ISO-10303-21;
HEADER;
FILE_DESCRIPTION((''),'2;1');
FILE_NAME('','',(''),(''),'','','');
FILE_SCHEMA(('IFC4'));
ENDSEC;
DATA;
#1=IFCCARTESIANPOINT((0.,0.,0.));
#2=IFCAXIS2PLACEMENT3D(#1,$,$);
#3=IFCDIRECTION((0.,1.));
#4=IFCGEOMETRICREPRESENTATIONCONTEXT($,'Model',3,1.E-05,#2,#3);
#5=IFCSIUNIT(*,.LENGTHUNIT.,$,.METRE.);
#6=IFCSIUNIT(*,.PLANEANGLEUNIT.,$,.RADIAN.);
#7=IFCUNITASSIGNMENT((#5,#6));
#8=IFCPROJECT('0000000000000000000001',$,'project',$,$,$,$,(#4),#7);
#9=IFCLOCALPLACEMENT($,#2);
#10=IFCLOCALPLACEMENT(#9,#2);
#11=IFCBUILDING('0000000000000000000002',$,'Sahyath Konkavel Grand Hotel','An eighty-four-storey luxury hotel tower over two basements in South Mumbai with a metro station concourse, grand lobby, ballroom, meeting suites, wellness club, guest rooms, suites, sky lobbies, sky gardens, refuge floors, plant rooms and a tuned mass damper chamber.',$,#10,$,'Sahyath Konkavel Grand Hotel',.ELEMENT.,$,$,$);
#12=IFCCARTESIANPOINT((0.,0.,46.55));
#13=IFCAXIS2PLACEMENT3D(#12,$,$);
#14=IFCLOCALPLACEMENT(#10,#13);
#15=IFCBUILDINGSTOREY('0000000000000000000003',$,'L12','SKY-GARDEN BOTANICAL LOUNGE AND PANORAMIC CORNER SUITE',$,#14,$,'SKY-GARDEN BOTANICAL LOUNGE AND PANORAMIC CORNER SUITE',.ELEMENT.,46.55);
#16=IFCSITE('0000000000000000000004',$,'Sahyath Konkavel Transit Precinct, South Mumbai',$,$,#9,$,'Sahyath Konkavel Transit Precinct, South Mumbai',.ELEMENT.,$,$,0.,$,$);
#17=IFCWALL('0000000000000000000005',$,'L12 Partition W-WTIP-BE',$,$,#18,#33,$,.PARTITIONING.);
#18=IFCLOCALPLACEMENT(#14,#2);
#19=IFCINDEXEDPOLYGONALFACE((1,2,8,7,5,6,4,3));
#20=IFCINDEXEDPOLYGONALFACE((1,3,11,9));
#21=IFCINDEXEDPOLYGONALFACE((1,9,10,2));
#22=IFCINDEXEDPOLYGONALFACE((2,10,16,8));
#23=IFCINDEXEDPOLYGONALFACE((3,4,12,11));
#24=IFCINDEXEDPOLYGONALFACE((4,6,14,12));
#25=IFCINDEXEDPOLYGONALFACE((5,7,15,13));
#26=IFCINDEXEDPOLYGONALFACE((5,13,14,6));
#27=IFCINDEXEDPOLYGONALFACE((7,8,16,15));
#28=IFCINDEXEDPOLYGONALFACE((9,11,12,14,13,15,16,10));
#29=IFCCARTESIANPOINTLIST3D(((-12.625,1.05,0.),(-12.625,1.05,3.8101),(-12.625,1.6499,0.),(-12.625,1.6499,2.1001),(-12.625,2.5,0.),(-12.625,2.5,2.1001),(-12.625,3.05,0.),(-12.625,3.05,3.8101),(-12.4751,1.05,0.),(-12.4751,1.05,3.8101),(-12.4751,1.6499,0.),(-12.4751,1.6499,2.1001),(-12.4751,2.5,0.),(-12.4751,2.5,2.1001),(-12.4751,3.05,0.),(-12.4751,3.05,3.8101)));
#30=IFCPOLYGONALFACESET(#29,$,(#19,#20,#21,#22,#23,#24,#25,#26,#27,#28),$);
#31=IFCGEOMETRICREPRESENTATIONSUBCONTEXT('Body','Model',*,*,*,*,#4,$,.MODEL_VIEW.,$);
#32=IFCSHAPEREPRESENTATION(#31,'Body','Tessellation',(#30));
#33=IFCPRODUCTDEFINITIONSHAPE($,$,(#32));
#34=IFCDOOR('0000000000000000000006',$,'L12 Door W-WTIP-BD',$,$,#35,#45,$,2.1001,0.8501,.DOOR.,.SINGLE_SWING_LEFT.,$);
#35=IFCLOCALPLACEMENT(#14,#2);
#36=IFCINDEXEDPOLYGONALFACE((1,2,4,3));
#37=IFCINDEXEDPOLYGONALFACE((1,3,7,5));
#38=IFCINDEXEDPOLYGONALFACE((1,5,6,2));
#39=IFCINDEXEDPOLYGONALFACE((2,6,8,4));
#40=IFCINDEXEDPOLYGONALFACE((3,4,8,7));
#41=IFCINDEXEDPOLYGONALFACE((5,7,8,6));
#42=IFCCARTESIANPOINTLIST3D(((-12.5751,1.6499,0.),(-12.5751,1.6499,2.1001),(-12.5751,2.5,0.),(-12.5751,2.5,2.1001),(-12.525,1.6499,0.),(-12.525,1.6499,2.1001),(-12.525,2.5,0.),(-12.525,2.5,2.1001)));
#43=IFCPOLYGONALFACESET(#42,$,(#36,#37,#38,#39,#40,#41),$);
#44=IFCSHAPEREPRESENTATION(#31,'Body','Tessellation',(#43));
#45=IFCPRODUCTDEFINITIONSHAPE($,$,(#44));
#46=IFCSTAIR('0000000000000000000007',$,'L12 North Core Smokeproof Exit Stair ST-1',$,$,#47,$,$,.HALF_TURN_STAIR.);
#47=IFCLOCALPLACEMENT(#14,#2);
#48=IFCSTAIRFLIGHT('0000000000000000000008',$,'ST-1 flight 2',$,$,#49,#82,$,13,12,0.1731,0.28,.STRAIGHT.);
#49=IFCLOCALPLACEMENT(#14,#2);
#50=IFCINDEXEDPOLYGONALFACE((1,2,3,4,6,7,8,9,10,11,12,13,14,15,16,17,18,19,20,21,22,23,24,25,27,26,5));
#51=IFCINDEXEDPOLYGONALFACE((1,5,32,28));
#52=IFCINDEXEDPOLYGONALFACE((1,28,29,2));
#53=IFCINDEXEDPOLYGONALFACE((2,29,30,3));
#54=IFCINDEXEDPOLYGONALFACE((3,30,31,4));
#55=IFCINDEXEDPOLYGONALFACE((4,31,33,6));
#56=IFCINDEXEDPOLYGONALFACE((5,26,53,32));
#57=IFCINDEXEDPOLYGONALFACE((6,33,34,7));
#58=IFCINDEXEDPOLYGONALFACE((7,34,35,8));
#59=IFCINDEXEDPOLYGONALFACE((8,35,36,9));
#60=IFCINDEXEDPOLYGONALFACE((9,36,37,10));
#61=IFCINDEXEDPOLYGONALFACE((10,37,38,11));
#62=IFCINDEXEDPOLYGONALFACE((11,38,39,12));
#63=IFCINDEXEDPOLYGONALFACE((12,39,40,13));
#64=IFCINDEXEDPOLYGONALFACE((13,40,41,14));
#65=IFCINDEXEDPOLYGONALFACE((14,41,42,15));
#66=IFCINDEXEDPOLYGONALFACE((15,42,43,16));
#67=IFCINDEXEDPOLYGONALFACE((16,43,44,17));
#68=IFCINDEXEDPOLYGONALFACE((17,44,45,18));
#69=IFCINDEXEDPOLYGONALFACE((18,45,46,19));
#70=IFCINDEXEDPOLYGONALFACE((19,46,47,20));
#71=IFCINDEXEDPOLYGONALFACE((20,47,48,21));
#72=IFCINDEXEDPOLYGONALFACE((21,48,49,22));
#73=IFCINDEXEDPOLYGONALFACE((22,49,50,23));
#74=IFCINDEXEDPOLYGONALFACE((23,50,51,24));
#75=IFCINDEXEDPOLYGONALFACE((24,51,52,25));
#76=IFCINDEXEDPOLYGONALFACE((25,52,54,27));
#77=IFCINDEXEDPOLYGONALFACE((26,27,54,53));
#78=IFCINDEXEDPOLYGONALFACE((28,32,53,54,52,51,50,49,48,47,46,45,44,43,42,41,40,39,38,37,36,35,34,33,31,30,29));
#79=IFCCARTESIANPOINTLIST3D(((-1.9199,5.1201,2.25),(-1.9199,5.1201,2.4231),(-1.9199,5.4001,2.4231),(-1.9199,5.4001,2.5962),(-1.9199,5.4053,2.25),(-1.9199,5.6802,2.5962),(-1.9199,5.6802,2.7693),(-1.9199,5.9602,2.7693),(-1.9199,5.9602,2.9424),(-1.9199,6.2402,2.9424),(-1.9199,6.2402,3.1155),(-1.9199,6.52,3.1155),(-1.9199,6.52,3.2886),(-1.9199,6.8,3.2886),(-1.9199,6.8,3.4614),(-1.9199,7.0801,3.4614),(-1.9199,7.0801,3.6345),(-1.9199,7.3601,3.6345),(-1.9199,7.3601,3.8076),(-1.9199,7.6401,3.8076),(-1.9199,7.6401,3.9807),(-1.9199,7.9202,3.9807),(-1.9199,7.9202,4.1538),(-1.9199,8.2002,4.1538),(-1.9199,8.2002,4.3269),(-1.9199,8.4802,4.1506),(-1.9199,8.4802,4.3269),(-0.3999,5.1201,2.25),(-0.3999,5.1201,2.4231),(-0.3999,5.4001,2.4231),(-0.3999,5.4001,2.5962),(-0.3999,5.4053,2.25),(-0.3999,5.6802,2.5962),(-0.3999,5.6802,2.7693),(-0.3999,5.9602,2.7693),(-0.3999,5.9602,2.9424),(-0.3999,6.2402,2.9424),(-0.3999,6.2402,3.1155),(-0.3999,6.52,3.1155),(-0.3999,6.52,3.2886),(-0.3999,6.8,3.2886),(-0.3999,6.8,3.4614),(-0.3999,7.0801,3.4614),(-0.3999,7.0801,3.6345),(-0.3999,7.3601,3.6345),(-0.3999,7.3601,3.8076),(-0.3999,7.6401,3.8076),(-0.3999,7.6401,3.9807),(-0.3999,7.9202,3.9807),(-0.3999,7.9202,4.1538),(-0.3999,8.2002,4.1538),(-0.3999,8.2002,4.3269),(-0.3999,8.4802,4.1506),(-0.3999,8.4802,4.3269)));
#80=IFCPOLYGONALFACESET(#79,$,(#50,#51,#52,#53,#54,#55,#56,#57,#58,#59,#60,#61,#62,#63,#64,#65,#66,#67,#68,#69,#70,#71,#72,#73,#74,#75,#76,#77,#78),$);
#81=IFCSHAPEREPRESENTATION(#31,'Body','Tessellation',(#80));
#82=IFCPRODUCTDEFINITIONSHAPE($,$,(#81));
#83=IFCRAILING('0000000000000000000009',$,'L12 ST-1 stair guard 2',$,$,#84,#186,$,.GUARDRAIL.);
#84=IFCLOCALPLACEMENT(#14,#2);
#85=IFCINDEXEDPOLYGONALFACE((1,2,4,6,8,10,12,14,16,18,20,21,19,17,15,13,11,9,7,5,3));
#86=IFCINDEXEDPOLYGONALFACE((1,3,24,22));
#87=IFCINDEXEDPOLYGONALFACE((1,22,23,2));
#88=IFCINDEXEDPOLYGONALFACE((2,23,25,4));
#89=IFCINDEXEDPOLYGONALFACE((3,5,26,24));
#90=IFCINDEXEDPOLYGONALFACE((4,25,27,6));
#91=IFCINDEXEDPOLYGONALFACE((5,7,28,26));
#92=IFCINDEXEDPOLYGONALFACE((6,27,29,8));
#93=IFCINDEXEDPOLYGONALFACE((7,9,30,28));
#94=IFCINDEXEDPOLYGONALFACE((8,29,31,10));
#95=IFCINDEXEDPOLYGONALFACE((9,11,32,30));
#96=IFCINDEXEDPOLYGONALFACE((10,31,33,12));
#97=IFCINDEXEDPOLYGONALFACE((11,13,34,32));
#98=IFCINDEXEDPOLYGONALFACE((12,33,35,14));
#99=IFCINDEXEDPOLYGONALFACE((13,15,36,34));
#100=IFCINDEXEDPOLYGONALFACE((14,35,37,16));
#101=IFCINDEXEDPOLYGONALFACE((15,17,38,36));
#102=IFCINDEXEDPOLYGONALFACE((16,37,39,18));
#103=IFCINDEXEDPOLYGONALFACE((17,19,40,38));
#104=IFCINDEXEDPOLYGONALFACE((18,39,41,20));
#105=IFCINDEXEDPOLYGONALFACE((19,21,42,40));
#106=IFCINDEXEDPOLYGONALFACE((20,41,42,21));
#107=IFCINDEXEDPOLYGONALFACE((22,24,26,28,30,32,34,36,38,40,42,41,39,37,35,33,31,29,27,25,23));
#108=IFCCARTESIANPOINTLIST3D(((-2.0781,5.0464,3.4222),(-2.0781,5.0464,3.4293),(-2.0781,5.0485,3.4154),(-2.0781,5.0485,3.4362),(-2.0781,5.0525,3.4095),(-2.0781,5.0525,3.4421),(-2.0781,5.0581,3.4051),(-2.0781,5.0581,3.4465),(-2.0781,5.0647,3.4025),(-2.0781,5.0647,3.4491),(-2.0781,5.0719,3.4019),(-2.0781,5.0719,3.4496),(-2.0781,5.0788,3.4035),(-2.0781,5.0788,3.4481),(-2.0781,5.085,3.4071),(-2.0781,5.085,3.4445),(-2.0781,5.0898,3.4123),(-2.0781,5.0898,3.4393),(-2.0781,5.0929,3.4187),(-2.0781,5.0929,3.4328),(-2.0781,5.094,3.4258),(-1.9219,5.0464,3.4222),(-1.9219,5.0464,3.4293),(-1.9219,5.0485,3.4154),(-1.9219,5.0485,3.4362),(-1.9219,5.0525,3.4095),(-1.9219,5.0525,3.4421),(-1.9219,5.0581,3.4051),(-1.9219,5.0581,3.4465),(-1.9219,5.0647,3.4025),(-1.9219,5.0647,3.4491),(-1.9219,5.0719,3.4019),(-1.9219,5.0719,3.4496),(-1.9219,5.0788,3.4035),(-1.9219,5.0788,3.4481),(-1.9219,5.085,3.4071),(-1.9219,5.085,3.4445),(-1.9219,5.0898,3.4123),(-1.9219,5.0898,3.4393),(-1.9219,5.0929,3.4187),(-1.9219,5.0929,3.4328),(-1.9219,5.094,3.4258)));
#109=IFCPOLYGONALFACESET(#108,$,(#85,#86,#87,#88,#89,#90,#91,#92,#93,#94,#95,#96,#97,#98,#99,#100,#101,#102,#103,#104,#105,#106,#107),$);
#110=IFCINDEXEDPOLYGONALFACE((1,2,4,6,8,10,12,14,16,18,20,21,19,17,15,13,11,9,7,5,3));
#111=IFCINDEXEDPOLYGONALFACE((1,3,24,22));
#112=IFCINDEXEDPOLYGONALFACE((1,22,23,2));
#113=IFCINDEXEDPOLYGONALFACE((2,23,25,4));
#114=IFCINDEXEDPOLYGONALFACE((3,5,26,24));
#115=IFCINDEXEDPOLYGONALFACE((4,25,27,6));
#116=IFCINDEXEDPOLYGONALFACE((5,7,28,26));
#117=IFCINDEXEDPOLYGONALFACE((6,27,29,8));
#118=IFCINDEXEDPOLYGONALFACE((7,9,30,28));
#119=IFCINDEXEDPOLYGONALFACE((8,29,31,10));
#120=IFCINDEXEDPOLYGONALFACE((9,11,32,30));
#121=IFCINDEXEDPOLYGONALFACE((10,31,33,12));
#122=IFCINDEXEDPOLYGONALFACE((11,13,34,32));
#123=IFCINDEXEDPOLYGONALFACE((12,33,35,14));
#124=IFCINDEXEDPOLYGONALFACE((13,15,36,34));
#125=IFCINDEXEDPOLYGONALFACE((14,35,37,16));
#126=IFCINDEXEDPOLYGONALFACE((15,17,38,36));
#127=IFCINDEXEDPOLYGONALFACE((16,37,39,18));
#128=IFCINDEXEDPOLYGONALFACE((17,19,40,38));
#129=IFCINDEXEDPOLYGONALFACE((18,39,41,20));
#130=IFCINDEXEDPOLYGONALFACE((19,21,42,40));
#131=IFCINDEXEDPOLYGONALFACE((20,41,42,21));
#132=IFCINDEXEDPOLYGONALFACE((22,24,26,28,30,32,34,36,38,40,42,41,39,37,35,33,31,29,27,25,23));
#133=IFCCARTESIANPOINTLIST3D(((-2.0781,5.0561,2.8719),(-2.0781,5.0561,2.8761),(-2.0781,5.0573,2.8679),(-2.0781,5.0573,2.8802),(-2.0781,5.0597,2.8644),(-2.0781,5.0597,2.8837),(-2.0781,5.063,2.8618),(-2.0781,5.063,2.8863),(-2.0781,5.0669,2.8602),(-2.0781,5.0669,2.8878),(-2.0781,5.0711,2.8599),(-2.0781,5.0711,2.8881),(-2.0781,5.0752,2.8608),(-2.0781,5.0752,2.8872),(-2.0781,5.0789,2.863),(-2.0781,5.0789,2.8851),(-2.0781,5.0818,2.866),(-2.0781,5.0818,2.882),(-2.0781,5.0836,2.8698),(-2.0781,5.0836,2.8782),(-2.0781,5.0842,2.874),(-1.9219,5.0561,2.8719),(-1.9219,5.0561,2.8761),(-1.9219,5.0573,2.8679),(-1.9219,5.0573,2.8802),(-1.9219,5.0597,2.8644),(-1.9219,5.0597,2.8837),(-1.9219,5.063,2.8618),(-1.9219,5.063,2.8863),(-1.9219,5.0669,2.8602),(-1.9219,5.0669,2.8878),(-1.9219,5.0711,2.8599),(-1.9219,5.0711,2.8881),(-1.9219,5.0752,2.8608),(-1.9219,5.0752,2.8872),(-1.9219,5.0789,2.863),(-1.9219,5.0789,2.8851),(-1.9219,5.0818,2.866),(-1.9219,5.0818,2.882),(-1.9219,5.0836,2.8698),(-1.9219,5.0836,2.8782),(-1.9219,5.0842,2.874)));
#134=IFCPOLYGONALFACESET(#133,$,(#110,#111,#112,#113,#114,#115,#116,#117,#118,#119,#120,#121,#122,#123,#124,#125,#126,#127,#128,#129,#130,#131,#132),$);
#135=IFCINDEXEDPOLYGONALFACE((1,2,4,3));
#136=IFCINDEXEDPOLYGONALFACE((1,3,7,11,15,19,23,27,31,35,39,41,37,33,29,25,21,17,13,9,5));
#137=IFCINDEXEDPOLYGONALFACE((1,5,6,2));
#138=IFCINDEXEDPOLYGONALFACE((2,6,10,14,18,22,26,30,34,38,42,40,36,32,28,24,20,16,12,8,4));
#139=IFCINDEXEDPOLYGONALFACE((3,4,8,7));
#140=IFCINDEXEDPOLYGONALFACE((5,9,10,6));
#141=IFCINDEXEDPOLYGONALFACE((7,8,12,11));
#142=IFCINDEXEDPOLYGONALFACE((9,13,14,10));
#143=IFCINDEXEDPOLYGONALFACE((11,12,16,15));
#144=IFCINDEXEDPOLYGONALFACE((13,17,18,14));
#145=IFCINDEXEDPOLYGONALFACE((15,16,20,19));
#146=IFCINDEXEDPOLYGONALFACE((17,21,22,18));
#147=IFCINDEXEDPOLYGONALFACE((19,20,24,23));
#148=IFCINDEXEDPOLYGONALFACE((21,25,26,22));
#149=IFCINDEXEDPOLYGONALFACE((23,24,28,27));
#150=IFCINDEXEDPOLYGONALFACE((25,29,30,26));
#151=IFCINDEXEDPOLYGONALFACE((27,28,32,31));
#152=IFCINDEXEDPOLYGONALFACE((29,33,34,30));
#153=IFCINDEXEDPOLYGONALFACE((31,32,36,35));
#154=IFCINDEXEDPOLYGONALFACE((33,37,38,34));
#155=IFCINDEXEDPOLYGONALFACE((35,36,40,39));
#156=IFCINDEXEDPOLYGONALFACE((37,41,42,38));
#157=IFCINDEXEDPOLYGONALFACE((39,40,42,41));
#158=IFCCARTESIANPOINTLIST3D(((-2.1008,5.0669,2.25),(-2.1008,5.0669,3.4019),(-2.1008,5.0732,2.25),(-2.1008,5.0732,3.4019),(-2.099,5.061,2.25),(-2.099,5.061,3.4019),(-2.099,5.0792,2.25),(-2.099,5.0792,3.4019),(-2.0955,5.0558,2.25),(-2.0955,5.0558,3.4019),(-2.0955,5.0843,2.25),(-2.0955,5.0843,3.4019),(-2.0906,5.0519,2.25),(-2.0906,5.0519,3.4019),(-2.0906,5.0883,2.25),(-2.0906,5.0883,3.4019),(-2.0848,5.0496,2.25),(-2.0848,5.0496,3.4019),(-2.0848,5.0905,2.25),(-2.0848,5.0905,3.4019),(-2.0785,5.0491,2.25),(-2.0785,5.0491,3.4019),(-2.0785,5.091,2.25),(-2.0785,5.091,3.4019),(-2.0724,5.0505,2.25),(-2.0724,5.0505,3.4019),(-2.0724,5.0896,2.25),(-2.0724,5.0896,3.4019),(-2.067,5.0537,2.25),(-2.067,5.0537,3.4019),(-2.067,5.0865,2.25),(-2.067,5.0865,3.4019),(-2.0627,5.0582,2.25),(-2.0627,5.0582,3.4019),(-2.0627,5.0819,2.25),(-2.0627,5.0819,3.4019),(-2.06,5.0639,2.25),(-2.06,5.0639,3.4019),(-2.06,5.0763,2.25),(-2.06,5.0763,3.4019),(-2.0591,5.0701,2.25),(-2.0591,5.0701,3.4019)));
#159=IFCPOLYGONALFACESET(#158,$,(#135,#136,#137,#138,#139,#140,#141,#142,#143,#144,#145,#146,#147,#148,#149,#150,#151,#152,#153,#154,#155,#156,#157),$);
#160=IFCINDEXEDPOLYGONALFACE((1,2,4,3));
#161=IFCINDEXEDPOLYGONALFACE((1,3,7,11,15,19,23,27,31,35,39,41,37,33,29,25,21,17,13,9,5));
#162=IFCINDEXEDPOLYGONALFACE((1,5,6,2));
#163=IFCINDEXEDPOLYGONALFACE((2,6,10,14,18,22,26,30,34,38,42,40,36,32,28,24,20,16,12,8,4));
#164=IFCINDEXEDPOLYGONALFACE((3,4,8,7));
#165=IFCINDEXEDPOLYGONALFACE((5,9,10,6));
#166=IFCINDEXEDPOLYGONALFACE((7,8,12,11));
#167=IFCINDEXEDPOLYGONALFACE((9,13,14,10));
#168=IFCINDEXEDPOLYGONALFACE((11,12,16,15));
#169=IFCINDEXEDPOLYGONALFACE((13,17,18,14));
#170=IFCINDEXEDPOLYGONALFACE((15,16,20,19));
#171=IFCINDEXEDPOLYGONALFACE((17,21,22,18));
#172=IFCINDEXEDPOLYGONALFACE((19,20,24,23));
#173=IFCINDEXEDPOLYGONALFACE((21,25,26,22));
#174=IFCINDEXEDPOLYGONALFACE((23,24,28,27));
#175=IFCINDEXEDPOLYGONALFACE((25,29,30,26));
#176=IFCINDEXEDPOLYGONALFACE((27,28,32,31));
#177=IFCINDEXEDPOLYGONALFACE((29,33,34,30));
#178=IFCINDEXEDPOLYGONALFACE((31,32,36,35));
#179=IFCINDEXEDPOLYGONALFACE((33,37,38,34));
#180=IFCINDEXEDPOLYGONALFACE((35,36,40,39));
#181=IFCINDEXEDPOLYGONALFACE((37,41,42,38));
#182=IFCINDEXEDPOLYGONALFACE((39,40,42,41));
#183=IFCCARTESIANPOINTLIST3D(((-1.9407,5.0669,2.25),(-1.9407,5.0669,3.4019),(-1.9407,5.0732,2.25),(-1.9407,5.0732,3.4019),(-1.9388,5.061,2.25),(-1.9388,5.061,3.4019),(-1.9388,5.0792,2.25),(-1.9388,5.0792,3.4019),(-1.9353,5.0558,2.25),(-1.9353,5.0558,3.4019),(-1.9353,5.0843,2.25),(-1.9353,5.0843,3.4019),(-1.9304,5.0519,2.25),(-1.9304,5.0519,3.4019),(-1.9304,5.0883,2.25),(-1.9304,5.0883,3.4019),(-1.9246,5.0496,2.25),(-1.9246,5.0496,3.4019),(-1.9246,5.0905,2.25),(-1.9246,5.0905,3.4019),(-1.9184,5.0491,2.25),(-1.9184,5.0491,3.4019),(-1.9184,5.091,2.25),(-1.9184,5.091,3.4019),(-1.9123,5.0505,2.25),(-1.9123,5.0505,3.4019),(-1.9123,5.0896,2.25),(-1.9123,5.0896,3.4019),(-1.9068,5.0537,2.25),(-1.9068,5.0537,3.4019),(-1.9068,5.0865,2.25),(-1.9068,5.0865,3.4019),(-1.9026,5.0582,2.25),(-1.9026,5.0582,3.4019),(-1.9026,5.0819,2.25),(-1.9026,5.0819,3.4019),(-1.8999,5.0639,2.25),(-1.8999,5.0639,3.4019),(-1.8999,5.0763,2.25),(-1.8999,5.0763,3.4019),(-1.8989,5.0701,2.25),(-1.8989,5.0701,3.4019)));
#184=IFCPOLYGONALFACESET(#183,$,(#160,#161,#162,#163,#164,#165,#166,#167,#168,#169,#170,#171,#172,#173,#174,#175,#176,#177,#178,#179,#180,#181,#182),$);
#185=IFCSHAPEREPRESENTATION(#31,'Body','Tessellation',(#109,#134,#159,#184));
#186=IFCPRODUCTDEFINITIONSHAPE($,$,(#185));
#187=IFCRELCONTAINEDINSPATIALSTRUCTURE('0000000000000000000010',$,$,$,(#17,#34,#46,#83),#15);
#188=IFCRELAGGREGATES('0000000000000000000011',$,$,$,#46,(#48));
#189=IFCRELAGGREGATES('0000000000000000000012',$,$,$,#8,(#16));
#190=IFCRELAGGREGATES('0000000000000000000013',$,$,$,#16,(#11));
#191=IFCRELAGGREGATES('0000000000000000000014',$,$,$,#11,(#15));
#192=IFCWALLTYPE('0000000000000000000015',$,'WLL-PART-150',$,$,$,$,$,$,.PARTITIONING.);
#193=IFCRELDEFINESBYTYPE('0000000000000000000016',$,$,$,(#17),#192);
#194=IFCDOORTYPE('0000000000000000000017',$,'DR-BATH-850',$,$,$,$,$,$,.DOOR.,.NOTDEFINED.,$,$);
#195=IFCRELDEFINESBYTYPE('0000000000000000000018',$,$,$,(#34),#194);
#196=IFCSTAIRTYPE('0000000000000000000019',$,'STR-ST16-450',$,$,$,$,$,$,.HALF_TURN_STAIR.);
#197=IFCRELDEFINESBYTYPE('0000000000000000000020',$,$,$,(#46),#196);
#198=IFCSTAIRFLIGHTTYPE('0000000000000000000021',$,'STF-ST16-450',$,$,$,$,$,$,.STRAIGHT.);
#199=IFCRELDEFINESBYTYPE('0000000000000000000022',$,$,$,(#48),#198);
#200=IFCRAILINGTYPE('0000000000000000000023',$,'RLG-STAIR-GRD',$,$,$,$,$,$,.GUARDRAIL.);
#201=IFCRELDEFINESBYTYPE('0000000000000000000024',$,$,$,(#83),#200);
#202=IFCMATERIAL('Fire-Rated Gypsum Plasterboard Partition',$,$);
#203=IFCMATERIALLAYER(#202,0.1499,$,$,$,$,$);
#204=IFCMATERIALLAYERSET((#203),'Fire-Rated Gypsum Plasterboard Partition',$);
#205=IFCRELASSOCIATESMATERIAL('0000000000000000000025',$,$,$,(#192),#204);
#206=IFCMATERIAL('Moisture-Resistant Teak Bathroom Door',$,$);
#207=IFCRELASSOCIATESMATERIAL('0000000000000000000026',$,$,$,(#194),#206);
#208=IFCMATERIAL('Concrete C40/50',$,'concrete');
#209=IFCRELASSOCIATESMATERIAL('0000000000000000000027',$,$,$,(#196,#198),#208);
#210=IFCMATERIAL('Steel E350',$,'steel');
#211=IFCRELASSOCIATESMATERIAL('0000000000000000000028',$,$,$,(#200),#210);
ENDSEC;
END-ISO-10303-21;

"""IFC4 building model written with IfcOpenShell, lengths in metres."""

from ifc_helpers import new_model, si_unit, direction, frame, frame_2d, origin, origin_2d, place, context, subcontext, project, spatial, polyline, rectangle, circle, outline, extrude, source, transform, mapped, material, layer, layer_set, type_object, element, fill, aggregate, save


model = new_model("IFC4")

# Units and contexts
model_context = context("Model", 3, precision=1e-05, world=origin(), true_north=direction((0.0, 1.0)))
body_context = subcontext(model_context, "Body", "Model", "MODEL_VIEW")
ifc_project = project(units=[si_unit("LENGTHUNIT", "METRE"), si_unit("PLANEANGLEUNIT", "RADIAN")], contexts=[model_context])

# Site, building, storey
site_placement = place(None, origin())
site = spatial("IfcSite", under=ifc_project, at=site_placement, Name="Sahyath Konkavel Transit Precinct, South Mumbai", LongName="Sahyath Konkavel Transit Precinct, South Mumbai", CompositionType="ELEMENT", RefElevation=0.0)
building_placement = place(site_placement, origin())
building = spatial("IfcBuilding", under=site, at=building_placement, Name="Sahyath Konkavel Grand Hotel", Description="An eighty-four-storey luxury hotel tower over two basements in South Mumbai with a metro station concourse, grand lobby, ballroom, meeting suites, wellness club, guest rooms, suites, sky lobbies, sky gardens, refuge floors, plant rooms and a tuned mass damper chamber.", LongName="Sahyath Konkavel Grand Hotel", CompositionType="ELEMENT")
storey_placement = place(building_placement, frame((0.0, 0.0, 46.55)))
storey = spatial("IfcBuildingStorey", under=building, at=storey_placement, Name="L12", Description="SKY-GARDEN BOTANICAL LOUNGE AND PANORAMIC CORNER SUITE", LongName="SKY-GARDEN BOTANICAL LOUNGE AND PANORAMIC CORNER SUITE", CompositionType="ELEMENT", Elevation=46.55)

# Shared definitions
ifc_material_1 = material(Name="Steel E350", Category="steel")

# Shared definitions
ifc_material_2 = material(Name="Concrete C40/50", Category="concrete")

# Shared definitions
shared_shape_1 = source(origin(), body_context, "Body", "SweptSolid", [
    extrude(rectangle(XDim=0.8501, YDim=0.05, at=origin_2d()), origin(), (0.0, 0.0, 1.0), 2.1001),
])
ifc_material_3 = material(Name="Fire-Rated Gypsum Plasterboard Partition")
ifc_layer_1 = layer(ifc_material_3, 0.1499)
ifc_layer_set_1 = layer_set([ifc_layer_1], Name="Fire-Rated Gypsum Plasterboard Partition")
wall_type_1 = type_object("IfcWallType", Name="WLL-PART-150", PredefinedType="PARTITIONING", material=ifc_layer_set_1)

# Wall, opening, door
wall_1_placement = place(storey_placement, frame((-12.55, 3.05, 0.0), z_axis=(0.0, 0.0, 1.0), x_axis=(0.0, -1.0, 0.0)))
wall_1 = element("IfcWall", 1, at=wall_1_placement, inside=storey, type_object=wall_type_1, Name="L12 Partition W-WTIP-BE", PredefinedType="PARTITIONING", context=body_context, shape_type="SweptSolid", body=[
    extrude(rectangle(XDim=2.0, YDim=0.1499, at=frame_2d((1.0, 0.0))), origin(), (0.0, 0.0, 1.0), 3.8101),
])
opening_1_placement = place(wall_1_placement, frame((0.55, 0.0, 0.0)))
opening_1 = element("IfcOpeningElement", 2, at=opening_1_placement, cuts=wall_1, PredefinedType="OPENING", context=body_context, shape_type="SweptSolid", body=[
    extrude(rectangle(XDim=0.8501, YDim=2.1001, at=frame_2d((0.425, 1.05))), frame((0.0, 0.085, 0.0), z_axis=(0.0, -1.0, 0.0), x_axis=(1.0, 0.0, 0.0)), (0.0, 0.0, 1.0), 0.1699),
])
ifc_material_4 = material(Name="Moisture-Resistant Teak Bathroom Door")
door_type_1 = type_object("IfcDoorType", Name="DR-BATH-850", OperationType="NOTDEFINED", PredefinedType="DOOR", material=ifc_material_4)
door_1_placement = place(opening_1_placement, frame((0.425, 0.0, 0.0)))
door_1 = element("IfcDoor", 3, at=door_1_placement, inside=storey, type_object=door_type_1, Name="L12 Door W-WTIP-BD", OperationType="SINGLE_SWING_LEFT", OverallHeight=2.1001, OverallWidth=0.8501, PredefinedType="DOOR", context=body_context, shape_type="MappedRepresentation", body=[
    mapped(shared_shape_1, transform((0.0, 0.0, 0.0), scale=1.0)),
])
fill(opening_1, door_1)

# Stair, stair flight
stair_type = type_object("IfcStairType", Name="STR-ST16-450", PredefinedType="HALF_TURN_STAIR", material=ifc_material_2)
stair_placement = place(storey_placement, origin())
stair = element("IfcStair", 4, at=stair_placement, inside=storey, type_object=stair_type, Name="L12 North Core Smokeproof Exit Stair ST-1", PredefinedType="HALF_TURN_STAIR")
stair_flight_type = type_object("IfcStairFlightType", Name="STF-ST16-450", PredefinedType="STRAIGHT", material=ifc_material_2)
stair_flight_placement = place(storey_placement, frame((-1.1599, 5.1201, 2.25), z_axis=(0.0, 0.0, 1.0), x_axis=(0.0, 1.0, 0.0)))
stair_flight = element("IfcStairFlight", 5, at=stair_flight_placement, type_object=stair_flight_type, Name="ST-1 flight 2", NumberOfRisers=13, NumberOfTreads=12, PredefinedType="STRAIGHT", RiserHeight=0.1731, TreadLength=0.28, context=body_context, shape_type="SweptSolid", body=[
    extrude(outline(polyline([(0.0, 0.0), (0.0, 0.1731), (0.28, 0.1731), (0.28, 0.3462), (0.5601, 0.3462), (0.5601, 0.5193), (0.8401, 0.5193), (0.8401, 0.6924), (1.1201, 0.6924), (1.1201, 0.8655), (1.3999, 0.8655), (1.3999, 1.0386), (1.6799, 1.0386), (1.6799, 1.2114), (1.96, 1.2114), (1.96, 1.3845), (2.24, 1.3845), (2.24, 1.5576), (2.52, 1.5576), (2.52, 1.7307), (2.8, 1.7307), (2.8, 1.9038), (3.0801, 1.9038), (3.0801, 2.0769), (3.3601, 2.0769), (3.3601, 2.25), (3.3601, 1.9006), (0.2852, 0.0), (0.0, 0.0)])), frame((0.0, 0.76, 0.0), z_axis=(0.0, -1.0, 0.0), x_axis=(1.0, 0.0, 0.0)), (0.0, 0.0, 1.0), 1.52),
])
aggregate(stair, [stair_flight])

# Railing
railing_type_1 = type_object("IfcRailingType", Name="RLG-STAIR-GRD", PredefinedType="GUARDRAIL", material=ifc_material_1)
railing_1_placement = place(storey_placement, frame((-2.0801, 5.0701, 2.25)))
element("IfcRailing", 6, at=railing_1_placement, inside=storey, type_object=railing_type_1, Name="L12 ST-1 stair guard 2", PredefinedType="GUARDRAIL", context=body_context, shape_type="SweptSolid", body=[
    extrude(circle(Radius=0.0239, at=origin_2d()), frame((0.002, 0.0, 1.1758), z_axis=(1.0, 0.0, 0.0), x_axis=(0.0, 1.0, 0.0)), (0.0, 0.0, 1.0), 0.1562),
    extrude(circle(Radius=0.0142, at=origin_2d()), frame((0.002, 0.0, 0.624), z_axis=(1.0, 0.0, 0.0), x_axis=(0.0, 1.0, 0.0)), (0.0, 0.0, 1.0), 0.1562),
    extrude(circle(Radius=0.021, at=origin_2d()), origin(), (0.0, 0.0, 1.0), 1.1519),
    extrude(circle(Radius=0.021, at=origin_2d()), frame((0.1602, 0.0, 0.0)), (0.0, 0.0, 1.0), 1.1519),
])

save(model, "model.ifc")
